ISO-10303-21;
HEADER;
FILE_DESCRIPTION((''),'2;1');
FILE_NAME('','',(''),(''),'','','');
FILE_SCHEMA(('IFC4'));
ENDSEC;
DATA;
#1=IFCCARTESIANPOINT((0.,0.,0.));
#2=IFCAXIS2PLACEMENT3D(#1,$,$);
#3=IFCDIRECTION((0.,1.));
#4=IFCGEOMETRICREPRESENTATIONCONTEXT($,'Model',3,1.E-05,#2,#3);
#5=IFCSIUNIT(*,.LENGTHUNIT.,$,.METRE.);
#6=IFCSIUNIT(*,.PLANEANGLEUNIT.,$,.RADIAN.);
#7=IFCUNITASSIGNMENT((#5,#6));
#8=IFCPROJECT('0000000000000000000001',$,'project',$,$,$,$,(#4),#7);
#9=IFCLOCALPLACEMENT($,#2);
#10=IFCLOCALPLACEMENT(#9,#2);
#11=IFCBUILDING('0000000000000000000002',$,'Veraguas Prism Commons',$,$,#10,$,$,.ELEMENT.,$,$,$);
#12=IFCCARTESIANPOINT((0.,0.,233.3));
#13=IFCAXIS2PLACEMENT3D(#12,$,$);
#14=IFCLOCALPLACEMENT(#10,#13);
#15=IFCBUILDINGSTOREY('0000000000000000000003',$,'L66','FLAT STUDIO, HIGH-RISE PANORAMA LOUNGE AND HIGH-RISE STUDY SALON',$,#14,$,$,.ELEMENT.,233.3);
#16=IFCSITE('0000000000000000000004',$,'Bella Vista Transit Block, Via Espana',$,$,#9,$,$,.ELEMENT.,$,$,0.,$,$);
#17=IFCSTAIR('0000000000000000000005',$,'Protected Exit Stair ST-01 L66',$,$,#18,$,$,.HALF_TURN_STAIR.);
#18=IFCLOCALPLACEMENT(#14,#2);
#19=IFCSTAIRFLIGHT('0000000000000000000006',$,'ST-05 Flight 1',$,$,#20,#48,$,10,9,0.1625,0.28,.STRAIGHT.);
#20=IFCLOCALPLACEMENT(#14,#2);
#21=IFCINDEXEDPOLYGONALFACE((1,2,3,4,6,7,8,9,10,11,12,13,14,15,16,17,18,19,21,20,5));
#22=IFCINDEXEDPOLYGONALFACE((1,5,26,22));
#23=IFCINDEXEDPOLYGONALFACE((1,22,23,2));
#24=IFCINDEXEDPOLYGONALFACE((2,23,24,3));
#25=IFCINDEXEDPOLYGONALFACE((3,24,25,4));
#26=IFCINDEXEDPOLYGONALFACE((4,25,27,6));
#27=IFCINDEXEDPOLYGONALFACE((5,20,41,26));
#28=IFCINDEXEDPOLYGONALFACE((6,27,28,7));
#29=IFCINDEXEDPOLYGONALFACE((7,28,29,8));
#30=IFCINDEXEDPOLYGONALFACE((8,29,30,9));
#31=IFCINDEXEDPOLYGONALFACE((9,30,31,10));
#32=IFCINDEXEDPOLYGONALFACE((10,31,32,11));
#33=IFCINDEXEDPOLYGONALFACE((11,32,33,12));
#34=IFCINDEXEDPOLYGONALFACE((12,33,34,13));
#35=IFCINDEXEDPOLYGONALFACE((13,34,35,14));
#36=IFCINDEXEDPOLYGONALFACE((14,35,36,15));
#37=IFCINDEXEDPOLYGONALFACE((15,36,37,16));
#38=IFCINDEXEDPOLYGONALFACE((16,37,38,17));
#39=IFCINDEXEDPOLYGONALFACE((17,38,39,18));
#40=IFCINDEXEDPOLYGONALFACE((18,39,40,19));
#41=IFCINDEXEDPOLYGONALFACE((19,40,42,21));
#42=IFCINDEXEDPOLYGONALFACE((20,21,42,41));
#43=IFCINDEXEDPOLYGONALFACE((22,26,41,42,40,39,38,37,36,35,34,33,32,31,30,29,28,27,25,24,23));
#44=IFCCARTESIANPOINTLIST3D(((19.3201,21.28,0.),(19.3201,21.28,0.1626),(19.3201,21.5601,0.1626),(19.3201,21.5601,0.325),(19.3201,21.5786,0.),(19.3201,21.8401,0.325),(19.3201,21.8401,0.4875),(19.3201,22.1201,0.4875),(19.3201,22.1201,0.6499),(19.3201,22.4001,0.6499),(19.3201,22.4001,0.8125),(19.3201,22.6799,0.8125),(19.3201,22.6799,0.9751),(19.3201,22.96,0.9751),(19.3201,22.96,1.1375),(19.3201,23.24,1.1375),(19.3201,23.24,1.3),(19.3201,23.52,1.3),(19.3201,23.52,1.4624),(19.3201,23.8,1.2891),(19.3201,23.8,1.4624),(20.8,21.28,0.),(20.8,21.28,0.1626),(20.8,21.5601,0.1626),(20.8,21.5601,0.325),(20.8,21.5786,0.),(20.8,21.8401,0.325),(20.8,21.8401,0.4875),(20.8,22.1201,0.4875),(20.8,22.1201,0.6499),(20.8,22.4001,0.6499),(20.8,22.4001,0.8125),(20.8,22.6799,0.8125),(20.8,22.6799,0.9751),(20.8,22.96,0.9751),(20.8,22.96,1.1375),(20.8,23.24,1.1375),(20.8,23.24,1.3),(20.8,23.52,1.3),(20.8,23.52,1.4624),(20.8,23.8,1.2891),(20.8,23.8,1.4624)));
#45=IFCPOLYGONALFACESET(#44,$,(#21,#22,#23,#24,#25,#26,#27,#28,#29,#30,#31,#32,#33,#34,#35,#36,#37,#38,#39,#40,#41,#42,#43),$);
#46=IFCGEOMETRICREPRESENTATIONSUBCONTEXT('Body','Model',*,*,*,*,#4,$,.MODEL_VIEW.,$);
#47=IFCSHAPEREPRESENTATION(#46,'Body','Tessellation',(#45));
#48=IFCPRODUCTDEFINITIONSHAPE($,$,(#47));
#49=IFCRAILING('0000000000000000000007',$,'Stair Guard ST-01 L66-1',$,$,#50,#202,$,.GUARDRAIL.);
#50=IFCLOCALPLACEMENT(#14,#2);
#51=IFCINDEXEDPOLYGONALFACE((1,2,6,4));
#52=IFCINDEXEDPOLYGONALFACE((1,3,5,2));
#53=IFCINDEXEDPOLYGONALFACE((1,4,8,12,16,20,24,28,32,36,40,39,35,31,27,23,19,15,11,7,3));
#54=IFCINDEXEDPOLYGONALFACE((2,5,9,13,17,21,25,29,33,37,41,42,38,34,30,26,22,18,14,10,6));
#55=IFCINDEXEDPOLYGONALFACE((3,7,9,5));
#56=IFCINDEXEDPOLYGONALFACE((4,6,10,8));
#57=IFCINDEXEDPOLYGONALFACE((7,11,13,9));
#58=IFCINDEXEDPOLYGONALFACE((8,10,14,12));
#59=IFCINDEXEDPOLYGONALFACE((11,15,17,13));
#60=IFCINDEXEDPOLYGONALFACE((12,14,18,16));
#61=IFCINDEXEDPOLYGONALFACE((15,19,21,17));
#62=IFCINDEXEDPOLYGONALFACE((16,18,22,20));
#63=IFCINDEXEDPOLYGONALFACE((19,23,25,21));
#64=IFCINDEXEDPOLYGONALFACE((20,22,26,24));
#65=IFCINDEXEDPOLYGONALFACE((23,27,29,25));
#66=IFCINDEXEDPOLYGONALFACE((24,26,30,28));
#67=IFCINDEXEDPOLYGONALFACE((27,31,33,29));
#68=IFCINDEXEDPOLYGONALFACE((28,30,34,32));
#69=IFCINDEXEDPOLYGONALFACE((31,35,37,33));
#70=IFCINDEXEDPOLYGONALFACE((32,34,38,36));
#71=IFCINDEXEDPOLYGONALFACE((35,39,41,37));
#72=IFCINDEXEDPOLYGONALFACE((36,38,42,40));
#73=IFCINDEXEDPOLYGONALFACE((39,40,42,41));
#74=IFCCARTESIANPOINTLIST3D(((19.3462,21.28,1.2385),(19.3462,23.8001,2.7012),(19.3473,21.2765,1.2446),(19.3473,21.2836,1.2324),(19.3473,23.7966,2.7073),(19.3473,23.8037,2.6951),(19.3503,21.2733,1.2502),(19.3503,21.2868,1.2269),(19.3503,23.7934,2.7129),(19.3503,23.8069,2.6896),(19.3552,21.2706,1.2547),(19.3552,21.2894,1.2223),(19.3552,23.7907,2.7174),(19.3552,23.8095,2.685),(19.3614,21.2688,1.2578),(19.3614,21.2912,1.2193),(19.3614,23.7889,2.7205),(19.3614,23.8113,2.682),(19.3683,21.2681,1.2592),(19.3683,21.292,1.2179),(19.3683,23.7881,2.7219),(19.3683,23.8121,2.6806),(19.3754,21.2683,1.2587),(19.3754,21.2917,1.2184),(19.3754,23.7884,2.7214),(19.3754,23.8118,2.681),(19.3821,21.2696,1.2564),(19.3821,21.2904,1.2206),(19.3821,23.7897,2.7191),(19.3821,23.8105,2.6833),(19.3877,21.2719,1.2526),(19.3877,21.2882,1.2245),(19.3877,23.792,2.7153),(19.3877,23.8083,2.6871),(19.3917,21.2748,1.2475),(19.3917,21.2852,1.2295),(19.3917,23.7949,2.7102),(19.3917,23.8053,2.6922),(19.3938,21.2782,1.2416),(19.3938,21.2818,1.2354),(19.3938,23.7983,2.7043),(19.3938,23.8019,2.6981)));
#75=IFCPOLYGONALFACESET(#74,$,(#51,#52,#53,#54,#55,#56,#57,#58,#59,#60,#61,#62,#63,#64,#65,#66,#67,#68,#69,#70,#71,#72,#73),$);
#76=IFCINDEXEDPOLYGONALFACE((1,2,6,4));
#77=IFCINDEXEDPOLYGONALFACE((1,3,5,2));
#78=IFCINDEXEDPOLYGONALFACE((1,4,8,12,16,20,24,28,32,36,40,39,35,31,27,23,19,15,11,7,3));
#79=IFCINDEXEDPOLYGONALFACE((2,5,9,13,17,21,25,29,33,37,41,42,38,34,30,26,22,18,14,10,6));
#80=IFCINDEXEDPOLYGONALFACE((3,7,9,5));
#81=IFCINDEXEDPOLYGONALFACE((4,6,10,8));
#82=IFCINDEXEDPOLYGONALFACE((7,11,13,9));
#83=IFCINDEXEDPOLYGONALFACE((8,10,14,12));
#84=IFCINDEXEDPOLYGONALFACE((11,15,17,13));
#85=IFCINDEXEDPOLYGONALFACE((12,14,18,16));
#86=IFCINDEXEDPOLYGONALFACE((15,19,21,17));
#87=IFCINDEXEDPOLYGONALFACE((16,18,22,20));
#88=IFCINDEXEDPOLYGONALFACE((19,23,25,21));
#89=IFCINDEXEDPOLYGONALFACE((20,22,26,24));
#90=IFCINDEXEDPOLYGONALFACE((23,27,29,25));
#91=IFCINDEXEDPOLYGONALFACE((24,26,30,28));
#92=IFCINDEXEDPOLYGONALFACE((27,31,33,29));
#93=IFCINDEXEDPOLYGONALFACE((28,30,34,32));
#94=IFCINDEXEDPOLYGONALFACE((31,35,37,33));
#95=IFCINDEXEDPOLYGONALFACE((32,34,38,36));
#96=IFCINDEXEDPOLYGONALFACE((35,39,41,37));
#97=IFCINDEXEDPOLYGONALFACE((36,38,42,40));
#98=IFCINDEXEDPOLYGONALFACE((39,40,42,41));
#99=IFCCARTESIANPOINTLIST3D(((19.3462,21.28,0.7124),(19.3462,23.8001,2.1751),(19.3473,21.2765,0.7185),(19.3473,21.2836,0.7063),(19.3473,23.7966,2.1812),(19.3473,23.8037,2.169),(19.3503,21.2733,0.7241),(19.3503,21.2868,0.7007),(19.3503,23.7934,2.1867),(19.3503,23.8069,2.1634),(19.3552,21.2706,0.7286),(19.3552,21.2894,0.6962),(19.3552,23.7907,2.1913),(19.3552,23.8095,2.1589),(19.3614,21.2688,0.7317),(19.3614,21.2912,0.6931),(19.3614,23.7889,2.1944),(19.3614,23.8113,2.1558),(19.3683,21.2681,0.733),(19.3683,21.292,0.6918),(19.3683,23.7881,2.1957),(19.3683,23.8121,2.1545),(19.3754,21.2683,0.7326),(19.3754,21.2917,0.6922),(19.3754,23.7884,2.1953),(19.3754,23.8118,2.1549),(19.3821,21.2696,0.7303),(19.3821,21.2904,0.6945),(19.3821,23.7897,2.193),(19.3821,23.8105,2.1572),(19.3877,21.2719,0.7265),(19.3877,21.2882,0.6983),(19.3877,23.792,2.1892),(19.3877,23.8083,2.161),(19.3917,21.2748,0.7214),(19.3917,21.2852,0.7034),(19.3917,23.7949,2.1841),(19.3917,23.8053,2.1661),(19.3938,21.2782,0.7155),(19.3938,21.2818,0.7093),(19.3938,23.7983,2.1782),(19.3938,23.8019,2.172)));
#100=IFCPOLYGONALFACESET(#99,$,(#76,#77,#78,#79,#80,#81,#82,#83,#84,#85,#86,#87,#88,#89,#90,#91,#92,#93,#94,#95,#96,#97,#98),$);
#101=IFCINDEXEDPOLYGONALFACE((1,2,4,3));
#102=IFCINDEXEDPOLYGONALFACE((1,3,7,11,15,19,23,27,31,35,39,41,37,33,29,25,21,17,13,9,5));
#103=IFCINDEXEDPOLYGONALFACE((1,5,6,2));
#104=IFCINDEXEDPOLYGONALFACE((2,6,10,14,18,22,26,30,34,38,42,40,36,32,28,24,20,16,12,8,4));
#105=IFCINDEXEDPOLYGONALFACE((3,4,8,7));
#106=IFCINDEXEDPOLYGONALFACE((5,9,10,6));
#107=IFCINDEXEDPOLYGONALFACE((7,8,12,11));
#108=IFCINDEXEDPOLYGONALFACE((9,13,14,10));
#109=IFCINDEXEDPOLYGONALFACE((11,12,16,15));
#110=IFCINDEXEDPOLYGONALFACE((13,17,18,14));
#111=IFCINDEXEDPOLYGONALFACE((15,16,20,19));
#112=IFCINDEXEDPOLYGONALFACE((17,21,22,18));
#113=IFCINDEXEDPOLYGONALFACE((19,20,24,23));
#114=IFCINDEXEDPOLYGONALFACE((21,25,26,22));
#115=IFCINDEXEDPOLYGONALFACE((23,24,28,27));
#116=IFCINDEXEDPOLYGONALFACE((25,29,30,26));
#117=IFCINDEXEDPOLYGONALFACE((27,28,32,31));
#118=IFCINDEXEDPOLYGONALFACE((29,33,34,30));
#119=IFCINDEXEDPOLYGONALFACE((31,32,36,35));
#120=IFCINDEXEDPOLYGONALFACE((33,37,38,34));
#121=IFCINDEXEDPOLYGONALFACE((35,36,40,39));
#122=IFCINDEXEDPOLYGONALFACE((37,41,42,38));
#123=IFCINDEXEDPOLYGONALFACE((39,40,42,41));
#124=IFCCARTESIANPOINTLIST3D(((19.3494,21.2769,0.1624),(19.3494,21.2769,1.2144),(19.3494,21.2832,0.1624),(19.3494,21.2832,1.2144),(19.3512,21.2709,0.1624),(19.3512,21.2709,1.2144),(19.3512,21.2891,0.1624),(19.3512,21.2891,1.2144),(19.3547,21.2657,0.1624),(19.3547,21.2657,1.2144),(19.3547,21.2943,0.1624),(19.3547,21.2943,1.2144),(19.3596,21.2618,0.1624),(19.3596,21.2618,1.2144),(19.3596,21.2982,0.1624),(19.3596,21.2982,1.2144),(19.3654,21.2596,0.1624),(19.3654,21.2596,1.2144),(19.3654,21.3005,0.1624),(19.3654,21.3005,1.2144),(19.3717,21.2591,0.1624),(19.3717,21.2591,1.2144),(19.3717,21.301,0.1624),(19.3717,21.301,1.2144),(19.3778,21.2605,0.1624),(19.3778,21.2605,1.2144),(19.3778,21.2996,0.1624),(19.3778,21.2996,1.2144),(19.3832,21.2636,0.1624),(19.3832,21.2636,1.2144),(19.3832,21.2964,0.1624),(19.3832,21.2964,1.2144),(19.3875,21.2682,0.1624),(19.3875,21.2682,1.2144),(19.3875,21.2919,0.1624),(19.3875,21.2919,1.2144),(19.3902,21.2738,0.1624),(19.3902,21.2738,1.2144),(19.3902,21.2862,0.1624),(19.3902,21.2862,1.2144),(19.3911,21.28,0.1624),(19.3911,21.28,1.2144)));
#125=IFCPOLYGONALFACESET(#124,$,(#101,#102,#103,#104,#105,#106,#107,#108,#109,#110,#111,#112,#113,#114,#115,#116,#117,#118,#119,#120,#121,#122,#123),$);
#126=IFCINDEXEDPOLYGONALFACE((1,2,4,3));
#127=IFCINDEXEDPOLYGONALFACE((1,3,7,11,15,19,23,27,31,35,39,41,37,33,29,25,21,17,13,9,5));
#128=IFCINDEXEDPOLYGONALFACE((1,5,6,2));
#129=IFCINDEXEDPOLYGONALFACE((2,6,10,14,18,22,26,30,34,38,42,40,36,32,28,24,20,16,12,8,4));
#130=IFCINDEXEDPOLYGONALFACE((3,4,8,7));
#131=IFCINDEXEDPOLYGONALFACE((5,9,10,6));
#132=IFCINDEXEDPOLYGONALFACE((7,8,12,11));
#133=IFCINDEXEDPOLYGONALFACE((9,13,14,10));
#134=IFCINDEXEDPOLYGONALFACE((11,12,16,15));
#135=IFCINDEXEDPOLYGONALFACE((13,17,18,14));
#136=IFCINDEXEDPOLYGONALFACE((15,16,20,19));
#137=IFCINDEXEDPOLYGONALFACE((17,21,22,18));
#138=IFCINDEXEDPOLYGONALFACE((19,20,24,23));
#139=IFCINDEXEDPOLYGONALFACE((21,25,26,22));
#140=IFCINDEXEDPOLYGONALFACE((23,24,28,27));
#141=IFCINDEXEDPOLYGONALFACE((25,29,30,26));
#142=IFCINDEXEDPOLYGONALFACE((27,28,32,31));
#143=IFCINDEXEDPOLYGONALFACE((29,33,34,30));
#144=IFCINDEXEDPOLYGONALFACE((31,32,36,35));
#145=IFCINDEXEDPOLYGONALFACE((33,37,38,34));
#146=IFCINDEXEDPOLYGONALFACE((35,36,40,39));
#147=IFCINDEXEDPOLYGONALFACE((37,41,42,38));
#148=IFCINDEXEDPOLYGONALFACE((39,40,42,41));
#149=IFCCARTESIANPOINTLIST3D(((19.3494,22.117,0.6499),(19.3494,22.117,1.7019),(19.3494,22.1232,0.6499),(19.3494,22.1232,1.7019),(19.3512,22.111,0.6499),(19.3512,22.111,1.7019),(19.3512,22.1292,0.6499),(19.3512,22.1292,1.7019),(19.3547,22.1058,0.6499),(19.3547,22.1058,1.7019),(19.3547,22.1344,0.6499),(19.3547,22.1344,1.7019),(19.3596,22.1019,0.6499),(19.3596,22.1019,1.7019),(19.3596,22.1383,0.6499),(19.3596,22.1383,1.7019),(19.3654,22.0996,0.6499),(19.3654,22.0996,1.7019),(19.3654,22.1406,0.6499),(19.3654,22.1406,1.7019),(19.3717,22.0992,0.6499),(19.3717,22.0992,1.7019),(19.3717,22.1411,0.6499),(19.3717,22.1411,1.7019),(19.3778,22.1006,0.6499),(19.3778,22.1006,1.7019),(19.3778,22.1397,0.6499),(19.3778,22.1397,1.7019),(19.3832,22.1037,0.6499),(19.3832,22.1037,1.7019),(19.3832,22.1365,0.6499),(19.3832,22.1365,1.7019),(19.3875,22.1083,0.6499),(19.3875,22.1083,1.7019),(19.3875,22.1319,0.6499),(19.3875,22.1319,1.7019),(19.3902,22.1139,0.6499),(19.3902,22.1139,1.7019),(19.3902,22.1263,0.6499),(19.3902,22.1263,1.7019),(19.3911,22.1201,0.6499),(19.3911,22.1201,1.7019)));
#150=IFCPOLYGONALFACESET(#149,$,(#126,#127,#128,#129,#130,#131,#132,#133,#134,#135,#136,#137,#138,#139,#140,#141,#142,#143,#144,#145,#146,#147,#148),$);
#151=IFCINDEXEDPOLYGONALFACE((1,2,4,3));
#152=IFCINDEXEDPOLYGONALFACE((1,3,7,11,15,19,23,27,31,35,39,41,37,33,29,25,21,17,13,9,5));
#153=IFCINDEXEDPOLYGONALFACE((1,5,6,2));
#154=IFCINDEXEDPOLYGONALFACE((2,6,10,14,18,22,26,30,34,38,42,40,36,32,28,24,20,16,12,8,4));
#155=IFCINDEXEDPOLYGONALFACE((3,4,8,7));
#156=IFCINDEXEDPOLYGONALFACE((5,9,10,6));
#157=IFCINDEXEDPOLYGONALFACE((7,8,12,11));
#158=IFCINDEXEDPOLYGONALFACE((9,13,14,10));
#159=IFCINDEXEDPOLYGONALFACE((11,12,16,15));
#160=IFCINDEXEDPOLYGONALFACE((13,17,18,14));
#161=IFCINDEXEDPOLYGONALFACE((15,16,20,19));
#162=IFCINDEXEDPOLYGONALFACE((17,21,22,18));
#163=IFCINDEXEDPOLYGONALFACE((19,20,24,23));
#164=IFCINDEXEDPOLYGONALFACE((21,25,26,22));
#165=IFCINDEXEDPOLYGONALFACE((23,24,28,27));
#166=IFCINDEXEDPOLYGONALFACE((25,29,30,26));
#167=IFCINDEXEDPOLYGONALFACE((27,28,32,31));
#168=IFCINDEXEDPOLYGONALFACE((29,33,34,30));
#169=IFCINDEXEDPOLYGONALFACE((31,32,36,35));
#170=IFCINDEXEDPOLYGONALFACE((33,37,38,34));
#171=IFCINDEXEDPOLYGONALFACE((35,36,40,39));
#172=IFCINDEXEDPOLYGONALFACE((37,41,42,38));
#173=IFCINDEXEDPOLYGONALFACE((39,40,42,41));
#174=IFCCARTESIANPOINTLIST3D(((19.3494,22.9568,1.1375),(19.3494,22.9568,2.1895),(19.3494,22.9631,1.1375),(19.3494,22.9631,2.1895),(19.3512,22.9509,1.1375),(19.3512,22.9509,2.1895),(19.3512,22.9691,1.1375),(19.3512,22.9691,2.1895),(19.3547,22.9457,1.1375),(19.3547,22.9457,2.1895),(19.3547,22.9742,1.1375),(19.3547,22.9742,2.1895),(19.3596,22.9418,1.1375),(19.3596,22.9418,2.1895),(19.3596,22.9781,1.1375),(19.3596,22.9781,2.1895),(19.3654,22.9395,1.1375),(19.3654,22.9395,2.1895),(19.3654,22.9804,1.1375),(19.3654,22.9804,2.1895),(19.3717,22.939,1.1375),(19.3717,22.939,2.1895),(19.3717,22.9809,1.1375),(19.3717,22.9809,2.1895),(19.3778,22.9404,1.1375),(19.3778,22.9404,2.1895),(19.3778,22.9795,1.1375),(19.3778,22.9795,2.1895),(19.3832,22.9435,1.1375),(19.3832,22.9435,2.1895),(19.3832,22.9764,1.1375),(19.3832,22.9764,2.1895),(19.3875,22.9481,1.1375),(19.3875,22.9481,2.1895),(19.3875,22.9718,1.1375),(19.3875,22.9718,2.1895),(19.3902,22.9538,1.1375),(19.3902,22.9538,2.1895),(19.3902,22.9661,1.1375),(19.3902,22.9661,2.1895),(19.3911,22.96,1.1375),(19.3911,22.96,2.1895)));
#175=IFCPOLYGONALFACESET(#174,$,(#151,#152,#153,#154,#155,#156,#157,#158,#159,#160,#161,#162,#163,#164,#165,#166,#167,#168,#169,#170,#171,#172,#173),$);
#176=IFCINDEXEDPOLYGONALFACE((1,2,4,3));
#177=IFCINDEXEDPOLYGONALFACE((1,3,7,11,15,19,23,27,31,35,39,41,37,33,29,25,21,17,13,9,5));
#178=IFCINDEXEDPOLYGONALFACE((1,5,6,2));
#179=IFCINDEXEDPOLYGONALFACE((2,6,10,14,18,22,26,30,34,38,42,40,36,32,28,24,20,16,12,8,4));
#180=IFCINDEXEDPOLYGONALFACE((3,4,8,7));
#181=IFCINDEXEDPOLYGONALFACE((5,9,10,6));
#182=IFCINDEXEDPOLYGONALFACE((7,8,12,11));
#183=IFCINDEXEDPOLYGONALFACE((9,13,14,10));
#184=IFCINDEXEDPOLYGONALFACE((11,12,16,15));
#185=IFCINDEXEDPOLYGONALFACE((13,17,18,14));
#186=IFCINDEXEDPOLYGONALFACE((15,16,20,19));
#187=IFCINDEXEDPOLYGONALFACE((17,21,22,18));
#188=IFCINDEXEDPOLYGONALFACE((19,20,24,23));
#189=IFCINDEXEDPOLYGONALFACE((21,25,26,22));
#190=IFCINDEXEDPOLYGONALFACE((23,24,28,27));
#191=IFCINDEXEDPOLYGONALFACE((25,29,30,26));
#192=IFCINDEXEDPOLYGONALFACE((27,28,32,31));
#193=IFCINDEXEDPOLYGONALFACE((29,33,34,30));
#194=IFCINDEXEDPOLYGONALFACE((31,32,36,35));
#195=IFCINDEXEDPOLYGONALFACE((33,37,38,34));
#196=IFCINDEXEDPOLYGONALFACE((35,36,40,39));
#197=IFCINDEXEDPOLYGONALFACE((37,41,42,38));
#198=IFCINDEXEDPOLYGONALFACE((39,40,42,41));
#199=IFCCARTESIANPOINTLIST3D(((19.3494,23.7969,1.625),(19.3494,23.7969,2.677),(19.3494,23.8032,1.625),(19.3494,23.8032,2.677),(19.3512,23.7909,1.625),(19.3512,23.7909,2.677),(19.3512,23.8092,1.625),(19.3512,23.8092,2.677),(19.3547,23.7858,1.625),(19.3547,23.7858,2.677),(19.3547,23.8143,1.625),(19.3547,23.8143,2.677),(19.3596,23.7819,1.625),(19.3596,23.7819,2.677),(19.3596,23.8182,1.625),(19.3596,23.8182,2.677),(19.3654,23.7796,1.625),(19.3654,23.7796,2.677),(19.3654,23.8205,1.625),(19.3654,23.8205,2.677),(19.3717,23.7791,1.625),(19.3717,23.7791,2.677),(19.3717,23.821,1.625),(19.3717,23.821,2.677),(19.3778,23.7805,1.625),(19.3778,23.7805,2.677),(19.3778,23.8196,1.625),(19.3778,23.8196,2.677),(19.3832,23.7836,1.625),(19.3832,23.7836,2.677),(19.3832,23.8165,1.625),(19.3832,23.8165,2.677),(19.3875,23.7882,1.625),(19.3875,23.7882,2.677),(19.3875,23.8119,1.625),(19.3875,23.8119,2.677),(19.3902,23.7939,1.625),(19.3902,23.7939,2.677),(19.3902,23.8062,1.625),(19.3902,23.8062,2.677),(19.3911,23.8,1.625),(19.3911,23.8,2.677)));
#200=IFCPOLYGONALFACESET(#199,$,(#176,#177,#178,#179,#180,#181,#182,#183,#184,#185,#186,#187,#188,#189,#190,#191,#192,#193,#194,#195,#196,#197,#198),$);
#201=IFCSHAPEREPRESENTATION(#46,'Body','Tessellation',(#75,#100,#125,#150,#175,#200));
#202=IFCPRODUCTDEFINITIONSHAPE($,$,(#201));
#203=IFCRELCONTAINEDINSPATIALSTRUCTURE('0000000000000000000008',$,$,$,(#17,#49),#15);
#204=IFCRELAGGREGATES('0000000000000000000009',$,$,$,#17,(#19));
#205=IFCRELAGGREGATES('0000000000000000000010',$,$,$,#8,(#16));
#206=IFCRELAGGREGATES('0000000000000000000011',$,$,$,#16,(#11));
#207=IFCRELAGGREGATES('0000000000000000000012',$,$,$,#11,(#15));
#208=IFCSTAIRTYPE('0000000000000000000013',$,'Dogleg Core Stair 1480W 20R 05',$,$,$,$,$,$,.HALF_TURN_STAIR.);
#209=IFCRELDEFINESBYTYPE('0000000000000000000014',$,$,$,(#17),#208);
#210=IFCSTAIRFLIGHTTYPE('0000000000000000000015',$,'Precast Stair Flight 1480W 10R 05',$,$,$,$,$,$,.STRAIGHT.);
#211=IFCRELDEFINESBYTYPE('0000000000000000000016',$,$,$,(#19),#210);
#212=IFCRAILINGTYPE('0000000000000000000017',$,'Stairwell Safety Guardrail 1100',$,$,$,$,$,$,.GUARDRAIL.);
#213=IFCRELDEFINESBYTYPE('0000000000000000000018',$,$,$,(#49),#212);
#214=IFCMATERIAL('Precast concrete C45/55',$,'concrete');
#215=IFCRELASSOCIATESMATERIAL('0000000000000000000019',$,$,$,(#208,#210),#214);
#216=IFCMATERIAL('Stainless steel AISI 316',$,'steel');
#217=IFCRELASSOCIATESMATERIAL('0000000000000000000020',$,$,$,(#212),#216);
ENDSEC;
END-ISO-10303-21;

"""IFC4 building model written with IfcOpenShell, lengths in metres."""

from ifc_helpers import new_model, si_unit, direction, frame, origin, origin_2d, place, context, subcontext, project, spatial, polyline, circle, outline, extrude, material, type_object, element, aggregate, save


model = new_model("IFC4")

# Units and contexts
model_context = context("Model", 3, precision=1e-05, world=origin(), true_north=direction((0.0, 1.0)))
body_context = subcontext(model_context, "Body", "Model", "MODEL_VIEW")
ifc_project = project(units=[si_unit("LENGTHUNIT", "METRE"), si_unit("PLANEANGLEUNIT", "RADIAN")], contexts=[model_context])

# Site, building, storey
site_placement = place(None, origin())
site = spatial("IfcSite", under=ifc_project, at=site_placement, Name="Bella Vista Transit Block, Via Espana", CompositionType="ELEMENT", RefElevation=0.0)
building_placement = place(site_placement, origin())
building = spatial("IfcBuilding", under=site, at=building_placement, Name="Veraguas Prism Commons", CompositionType="ELEMENT")
storey_placement = place(building_placement, frame((0.0, 0.0, 233.3)))
storey = spatial("IfcBuildingStorey", under=building, at=storey_placement, Name="L66", Description="FLAT STUDIO, HIGH-RISE PANORAMA LOUNGE AND HIGH-RISE STUDY SALON", CompositionType="ELEMENT", Elevation=233.3)

# Stair, stair flight
ifc_material_1 = material(Name="Precast concrete C45/55", Category="concrete")
stair_type = type_object("IfcStairType", Name="Dogleg Core Stair 1480W 20R 05", PredefinedType="HALF_TURN_STAIR", material=ifc_material_1)
stair_placement = place(storey_placement, origin())
stair = element("IfcStair", 1, at=stair_placement, inside=storey, type_object=stair_type, Name="Protected Exit Stair ST-01 L66", PredefinedType="HALF_TURN_STAIR")
stair_flight_type = type_object("IfcStairFlightType", Name="Precast Stair Flight 1480W 10R 05", PredefinedType="STRAIGHT", material=ifc_material_1)
stair_flight_placement = place(storey_placement, frame((20.0601, 21.28, 0.0), z_axis=(0.0, 0.0, 1.0), x_axis=(0.0, 1.0, 0.0)))
stair_flight = element("IfcStairFlight", 2, at=stair_flight_placement, type_object=stair_flight_type, Name="ST-05 Flight 1", NumberOfRisers=10, NumberOfTreads=9, PredefinedType="STRAIGHT", RiserHeight=0.1625, TreadLength=0.28, context=body_context, shape_type="SweptSolid", body=[
    extrude(outline(polyline([(0.0, 0.0), (0.0, 0.1626), (0.28, 0.1626), (0.28, 0.325), (0.5601, 0.325), (0.5601, 0.4875), (0.8401, 0.4875), (0.8401, 0.6499), (1.1201, 0.6499), (1.1201, 0.8125), (1.3999, 0.8125), (1.3999, 0.9751), (1.6799, 0.9751), (1.6799, 1.1375), (1.96, 1.1375), (1.96, 1.3), (2.24, 1.3), (2.24, 1.4624), (2.52, 1.4624), (2.52, 1.625), (2.52, 1.2891), (0.2986, 0.0), (0.0, 0.0)])), frame((0.0, 0.74, 0.0), z_axis=(0.0, -1.0, 0.0), x_axis=(1.0, 0.0, 0.0)), (0.0, 0.0, 1.0), 1.48),
])
aggregate(stair, [stair_flight])

# Railing
ifc_material_2 = material(Name="Stainless steel AISI 316", Category="steel")
railing_type = type_object("IfcRailingType", Name="Stairwell Safety Guardrail 1100", PredefinedType="GUARDRAIL", material=ifc_material_2)
railing_1_placement = place(storey_placement, frame((19.3701, 21.28, 0.1624)))
element("IfcRailing", 3, at=railing_1_placement, inside=storey, type_object=railing_type, Name="Stair Guard ST-01 L66-1", PredefinedType="GUARDRAIL", context=body_context, shape_type="SweptSolid", body=[
    extrude(circle(Radius=0.0239, at=origin_2d()), frame((0.0, 0.0, 1.0762), z_axis=(0.0, 0.864877, 0.501984), x_axis=(-1.0, 0.0, 0.0)), (0.0, 0.0, 1.0), 2.9138),
    extrude(circle(Radius=0.0239, at=origin_2d()), frame((0.0, 0.0, 0.55), z_axis=(0.0, 0.864877, 0.501984), x_axis=(-1.0, 0.0, 0.0)), (0.0, 0.0, 1.0), 2.9138),
    extrude(circle(Radius=0.021, at=origin_2d()), origin(), (0.0, 0.0, 1.0), 1.052),
    extrude(circle(Radius=0.021, at=origin_2d()), frame((0.0, 0.8401, 0.4875)), (0.0, 0.0, 1.0), 1.052),
    extrude(circle(Radius=0.021, at=origin_2d()), frame((0.0, 1.6799, 0.9751)), (0.0, 0.0, 1.0), 1.052),
    extrude(circle(Radius=0.021, at=origin_2d()), frame((0.0, 2.52, 1.4626)), (0.0, 0.0, 1.0), 1.052),
])

save(model, "model.ifc")
